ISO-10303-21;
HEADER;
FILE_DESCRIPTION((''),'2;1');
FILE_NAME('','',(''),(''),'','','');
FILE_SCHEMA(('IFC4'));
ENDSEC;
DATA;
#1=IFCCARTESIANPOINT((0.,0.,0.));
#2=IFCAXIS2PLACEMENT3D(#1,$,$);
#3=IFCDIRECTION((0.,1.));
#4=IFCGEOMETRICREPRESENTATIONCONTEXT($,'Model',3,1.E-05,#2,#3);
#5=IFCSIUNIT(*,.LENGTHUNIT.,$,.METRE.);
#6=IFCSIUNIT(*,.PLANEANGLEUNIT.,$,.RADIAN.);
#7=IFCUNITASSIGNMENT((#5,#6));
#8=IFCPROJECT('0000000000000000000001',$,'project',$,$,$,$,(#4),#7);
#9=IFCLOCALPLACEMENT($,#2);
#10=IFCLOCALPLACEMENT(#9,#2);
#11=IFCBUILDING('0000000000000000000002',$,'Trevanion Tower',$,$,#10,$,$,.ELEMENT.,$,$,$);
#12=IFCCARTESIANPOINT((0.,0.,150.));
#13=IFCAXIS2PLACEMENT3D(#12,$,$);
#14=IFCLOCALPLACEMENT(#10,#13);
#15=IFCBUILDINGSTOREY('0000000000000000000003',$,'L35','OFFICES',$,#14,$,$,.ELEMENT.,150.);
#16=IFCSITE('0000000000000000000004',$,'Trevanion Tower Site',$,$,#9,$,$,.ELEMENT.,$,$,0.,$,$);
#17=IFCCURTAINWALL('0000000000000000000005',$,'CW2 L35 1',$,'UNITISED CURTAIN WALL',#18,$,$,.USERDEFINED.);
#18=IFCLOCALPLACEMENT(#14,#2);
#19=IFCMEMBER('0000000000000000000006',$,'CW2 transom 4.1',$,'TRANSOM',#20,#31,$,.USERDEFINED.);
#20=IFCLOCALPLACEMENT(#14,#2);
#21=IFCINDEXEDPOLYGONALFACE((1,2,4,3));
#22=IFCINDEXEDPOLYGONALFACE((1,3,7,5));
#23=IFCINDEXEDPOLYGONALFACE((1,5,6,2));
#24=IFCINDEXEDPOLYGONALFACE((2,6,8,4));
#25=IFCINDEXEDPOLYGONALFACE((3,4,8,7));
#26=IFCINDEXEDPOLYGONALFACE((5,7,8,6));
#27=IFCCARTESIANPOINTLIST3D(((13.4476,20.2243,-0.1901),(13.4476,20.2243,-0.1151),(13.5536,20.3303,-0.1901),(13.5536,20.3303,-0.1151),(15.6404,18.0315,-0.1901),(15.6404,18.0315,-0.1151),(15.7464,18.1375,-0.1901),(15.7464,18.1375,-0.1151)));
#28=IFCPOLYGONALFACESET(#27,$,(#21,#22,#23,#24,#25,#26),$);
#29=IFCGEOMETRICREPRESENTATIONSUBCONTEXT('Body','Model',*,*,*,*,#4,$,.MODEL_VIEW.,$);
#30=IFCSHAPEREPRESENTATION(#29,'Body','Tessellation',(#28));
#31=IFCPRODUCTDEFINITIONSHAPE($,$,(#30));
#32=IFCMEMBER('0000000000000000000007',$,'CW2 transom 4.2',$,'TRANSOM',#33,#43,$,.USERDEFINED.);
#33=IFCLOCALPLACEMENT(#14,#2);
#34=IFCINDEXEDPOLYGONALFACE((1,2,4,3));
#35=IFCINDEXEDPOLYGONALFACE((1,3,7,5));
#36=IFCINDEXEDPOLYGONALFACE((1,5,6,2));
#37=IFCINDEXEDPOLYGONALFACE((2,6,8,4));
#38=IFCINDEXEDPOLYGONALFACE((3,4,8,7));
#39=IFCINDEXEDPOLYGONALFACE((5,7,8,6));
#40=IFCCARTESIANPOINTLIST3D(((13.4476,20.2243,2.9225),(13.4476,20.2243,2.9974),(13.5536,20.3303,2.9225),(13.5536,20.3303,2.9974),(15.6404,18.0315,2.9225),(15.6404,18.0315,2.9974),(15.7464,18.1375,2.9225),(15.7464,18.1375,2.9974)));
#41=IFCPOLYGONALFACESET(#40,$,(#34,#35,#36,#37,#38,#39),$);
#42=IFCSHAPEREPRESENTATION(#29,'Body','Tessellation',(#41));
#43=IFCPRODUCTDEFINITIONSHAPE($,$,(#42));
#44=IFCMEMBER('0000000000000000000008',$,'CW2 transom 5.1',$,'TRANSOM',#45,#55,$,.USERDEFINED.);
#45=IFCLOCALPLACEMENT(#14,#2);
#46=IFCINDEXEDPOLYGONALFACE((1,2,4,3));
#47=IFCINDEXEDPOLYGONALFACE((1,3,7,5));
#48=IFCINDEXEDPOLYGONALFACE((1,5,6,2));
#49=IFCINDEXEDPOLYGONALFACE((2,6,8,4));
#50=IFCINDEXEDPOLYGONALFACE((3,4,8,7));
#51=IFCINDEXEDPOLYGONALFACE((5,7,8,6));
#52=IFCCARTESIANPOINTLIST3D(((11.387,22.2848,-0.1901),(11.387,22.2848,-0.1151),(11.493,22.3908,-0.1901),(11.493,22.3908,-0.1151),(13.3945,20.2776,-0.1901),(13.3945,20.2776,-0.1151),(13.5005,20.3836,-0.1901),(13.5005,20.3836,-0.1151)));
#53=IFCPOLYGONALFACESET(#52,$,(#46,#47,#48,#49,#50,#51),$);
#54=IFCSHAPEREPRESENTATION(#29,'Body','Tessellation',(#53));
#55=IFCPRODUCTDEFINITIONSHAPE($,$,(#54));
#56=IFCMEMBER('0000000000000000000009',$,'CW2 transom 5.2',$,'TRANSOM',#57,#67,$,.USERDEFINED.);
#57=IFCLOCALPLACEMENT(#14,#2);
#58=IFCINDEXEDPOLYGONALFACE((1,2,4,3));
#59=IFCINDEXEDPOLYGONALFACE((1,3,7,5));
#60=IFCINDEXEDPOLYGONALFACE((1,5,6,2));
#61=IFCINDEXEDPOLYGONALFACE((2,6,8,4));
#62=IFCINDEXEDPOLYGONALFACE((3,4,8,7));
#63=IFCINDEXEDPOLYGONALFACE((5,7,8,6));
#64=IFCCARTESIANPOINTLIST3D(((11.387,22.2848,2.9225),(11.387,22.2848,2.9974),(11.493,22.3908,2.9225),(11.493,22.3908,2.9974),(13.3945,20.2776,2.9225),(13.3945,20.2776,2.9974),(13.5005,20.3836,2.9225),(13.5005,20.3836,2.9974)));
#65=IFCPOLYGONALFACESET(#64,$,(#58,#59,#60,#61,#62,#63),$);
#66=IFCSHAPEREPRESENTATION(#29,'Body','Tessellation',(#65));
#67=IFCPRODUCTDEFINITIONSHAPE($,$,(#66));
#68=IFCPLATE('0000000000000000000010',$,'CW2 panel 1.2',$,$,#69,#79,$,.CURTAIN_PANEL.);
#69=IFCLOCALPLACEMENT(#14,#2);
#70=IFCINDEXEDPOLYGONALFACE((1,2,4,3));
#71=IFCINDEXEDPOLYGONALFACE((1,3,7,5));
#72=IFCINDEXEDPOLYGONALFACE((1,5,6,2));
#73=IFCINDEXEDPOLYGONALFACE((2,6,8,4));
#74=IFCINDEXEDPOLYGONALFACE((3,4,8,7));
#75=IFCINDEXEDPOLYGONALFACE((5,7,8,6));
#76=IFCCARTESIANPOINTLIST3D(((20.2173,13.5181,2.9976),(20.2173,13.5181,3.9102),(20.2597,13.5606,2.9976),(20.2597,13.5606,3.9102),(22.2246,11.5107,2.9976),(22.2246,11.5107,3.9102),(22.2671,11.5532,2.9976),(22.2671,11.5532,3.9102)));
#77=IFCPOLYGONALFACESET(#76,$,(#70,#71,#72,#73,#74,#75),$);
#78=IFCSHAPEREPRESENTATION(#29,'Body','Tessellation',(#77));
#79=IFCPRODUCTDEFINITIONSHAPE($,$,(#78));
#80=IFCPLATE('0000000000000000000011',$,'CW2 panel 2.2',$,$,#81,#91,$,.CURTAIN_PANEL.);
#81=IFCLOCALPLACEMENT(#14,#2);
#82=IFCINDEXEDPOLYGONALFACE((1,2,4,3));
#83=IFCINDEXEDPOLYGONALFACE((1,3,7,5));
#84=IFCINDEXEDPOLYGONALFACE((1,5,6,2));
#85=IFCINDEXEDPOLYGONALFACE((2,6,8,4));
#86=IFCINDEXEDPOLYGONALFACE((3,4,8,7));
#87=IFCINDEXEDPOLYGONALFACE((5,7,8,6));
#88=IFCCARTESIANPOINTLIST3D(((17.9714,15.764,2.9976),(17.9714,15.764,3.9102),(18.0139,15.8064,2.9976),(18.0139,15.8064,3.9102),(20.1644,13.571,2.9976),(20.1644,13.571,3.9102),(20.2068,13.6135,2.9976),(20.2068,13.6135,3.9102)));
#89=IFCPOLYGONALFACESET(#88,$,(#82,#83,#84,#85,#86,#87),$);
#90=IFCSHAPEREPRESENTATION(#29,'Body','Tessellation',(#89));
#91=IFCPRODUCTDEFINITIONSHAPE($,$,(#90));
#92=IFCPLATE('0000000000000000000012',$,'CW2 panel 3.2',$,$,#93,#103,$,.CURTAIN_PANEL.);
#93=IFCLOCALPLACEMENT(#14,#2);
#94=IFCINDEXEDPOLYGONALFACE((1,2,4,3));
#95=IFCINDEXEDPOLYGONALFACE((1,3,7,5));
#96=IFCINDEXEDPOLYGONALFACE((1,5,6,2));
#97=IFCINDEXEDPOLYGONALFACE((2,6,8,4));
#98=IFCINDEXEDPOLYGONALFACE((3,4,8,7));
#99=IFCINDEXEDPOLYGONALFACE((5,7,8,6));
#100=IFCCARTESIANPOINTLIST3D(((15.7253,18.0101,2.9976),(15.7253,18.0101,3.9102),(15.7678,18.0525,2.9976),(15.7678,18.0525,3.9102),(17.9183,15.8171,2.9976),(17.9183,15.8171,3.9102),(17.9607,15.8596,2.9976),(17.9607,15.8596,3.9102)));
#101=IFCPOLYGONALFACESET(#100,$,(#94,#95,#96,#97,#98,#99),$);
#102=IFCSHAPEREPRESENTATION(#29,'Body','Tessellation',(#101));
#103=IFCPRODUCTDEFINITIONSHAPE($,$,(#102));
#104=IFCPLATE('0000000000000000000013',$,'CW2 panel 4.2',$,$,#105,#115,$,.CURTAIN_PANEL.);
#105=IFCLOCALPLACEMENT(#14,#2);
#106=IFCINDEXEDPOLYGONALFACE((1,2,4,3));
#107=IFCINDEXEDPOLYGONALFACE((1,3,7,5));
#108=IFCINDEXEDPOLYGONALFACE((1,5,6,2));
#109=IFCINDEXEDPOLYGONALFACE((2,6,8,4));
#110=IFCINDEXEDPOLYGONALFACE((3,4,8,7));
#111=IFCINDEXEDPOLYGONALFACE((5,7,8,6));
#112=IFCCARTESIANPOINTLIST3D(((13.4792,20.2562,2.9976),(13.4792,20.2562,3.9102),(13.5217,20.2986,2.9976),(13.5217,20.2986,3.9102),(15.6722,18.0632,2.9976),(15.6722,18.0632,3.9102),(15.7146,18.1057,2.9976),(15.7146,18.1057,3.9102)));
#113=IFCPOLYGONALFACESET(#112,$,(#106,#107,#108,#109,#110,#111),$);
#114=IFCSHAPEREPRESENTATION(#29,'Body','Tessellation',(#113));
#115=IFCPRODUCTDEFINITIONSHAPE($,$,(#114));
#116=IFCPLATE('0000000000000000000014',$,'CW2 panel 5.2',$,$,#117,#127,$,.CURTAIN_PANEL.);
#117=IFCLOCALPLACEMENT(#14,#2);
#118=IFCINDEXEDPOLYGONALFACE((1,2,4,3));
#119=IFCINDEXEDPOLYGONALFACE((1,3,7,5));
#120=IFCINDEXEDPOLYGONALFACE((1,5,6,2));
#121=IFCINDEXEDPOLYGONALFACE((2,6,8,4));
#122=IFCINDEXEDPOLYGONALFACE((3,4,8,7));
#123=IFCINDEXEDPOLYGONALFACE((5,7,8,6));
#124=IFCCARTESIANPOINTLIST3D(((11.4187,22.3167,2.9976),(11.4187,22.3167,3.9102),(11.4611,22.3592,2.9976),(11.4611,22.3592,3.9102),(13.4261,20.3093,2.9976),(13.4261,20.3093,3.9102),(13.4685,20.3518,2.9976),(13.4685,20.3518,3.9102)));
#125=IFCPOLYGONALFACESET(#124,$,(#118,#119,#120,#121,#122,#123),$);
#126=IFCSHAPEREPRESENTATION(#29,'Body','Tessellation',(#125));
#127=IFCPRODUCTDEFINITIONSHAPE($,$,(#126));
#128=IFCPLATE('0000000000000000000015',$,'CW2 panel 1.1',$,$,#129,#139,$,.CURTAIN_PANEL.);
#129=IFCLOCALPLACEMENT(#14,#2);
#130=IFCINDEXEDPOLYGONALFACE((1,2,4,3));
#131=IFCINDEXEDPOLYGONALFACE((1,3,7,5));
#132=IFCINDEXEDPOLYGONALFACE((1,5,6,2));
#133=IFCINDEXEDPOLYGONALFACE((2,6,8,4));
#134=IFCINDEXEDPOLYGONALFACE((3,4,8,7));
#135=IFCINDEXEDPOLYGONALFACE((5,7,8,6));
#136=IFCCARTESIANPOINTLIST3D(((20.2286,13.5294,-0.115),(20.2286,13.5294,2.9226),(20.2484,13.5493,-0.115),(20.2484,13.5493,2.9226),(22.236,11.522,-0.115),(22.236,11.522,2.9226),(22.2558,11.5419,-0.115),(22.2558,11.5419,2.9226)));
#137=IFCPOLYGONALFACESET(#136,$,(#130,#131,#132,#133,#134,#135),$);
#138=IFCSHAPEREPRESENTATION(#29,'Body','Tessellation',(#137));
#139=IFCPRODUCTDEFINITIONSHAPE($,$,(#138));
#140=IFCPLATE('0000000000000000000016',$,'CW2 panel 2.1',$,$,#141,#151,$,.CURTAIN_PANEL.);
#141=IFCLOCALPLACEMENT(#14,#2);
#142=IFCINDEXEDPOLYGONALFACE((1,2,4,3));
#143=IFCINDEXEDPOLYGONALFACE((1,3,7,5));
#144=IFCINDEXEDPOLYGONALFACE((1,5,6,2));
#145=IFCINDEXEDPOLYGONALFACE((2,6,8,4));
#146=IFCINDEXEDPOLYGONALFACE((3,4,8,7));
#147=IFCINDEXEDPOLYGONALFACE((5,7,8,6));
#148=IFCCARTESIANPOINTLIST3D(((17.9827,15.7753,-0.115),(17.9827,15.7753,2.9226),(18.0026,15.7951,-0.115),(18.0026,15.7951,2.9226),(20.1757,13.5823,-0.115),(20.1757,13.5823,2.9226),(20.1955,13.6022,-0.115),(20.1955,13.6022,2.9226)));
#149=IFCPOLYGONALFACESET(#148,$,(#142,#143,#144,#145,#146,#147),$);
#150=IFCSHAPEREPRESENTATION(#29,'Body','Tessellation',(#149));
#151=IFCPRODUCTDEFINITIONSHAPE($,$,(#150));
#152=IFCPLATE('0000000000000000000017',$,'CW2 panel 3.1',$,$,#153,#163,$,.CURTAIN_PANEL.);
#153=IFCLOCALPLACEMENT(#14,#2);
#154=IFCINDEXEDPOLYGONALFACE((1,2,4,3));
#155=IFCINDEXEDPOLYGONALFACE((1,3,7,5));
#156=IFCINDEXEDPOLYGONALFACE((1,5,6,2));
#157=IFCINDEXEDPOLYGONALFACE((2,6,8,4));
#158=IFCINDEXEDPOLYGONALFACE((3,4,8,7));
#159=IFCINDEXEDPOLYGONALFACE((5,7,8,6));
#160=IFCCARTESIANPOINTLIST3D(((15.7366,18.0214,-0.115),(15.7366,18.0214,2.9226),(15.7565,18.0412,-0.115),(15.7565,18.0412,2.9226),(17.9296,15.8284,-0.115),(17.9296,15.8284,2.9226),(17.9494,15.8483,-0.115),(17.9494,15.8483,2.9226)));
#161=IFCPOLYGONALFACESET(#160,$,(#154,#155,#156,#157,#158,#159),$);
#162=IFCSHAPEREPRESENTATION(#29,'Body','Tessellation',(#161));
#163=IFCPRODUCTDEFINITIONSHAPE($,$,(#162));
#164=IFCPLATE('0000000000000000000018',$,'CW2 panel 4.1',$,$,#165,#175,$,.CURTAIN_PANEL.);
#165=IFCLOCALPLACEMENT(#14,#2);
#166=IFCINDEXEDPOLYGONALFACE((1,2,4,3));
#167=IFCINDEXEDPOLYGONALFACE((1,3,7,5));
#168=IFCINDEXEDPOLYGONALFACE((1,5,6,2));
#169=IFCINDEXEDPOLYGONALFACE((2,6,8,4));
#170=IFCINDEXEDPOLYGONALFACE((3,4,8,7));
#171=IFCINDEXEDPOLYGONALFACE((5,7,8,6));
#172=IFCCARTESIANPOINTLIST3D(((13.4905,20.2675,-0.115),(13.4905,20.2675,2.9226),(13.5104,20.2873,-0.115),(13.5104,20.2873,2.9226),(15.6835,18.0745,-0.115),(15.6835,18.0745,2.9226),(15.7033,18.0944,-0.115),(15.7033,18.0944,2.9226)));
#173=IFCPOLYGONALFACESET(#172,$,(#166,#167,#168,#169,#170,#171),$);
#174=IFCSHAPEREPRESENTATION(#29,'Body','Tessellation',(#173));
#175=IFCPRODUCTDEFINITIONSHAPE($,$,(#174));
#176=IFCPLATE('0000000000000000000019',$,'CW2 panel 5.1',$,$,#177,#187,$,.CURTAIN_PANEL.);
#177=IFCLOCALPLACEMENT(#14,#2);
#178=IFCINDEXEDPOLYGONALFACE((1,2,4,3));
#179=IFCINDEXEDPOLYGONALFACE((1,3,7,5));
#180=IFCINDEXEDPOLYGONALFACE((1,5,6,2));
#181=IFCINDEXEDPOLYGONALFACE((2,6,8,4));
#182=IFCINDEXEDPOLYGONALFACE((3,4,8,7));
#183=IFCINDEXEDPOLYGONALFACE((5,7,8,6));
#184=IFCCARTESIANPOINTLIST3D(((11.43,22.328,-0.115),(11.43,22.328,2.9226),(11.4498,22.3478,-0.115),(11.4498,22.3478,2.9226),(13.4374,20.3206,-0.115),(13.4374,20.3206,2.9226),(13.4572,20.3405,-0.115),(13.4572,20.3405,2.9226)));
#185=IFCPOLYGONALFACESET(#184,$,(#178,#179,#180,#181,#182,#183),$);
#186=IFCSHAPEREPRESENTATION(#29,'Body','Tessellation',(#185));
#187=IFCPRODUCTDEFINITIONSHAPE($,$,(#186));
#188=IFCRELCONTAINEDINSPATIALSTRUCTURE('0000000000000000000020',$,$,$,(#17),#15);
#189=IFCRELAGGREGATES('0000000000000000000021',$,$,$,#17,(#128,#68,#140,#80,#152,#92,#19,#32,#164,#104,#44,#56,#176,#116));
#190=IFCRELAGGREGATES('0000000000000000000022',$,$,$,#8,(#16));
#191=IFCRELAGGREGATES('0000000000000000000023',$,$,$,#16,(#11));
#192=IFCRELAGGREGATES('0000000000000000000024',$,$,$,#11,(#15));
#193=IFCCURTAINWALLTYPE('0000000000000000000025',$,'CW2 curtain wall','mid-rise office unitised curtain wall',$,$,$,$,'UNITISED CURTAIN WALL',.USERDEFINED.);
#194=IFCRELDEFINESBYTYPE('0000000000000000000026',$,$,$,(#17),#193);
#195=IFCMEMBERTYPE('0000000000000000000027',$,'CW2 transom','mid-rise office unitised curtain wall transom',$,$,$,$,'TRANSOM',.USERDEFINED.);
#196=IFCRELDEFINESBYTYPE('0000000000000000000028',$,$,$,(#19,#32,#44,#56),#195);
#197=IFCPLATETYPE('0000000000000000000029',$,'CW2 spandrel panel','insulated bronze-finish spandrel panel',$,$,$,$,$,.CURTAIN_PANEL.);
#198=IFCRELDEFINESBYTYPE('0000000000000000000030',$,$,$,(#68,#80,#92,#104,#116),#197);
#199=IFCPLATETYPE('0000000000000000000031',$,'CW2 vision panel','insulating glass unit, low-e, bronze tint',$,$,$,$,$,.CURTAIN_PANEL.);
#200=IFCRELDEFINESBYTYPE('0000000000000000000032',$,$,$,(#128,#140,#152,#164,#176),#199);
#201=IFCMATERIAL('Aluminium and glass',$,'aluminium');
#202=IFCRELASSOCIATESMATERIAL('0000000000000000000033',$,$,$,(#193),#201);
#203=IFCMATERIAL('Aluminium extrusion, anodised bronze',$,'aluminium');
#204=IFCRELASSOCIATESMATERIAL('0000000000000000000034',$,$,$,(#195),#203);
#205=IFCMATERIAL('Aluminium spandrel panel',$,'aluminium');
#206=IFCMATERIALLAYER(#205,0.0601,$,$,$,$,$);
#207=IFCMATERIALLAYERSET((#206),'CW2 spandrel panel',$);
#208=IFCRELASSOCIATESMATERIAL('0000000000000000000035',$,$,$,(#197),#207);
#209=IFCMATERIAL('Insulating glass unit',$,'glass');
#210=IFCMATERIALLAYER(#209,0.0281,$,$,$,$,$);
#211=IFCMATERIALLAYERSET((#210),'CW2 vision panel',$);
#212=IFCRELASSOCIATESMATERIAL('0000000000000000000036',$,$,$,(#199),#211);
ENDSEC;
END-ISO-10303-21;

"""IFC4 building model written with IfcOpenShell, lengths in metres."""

from ifc_helpers import new_model, si_unit, direction, frame, origin, origin_2d, place, context, subcontext, project, spatial, rectangle, extrude, material, layer, layer_set, material_profile, profile_set, type_object, element, aggregate, save


model = new_model("IFC4")

# Units and contexts
model_context = context("Model", 3, precision=1e-05, world=origin(), true_north=direction((0.0, 1.0)))
body_context = subcontext(model_context, "Body", "Model", "MODEL_VIEW")
ifc_project = project(units=[si_unit("LENGTHUNIT", "METRE"), si_unit("PLANEANGLEUNIT", "RADIAN")], contexts=[model_context])

# Site, building, storey
site_placement = place(None, origin())
site = spatial("IfcSite", under=ifc_project, at=site_placement, Name="Trevanion Tower Site", CompositionType="ELEMENT", RefElevation=0.0)
building_placement = place(site_placement, origin())
building = spatial("IfcBuilding", under=site, at=building_placement, Name="Trevanion Tower", CompositionType="ELEMENT")
storey_placement = place(building_placement, frame((0.0, 0.0, 150.0)))
storey = spatial("IfcBuildingStorey", under=building, at=storey_placement, Name="L35", Description="OFFICES", CompositionType="ELEMENT", Elevation=150.0)

# Curtain wall
ifc_material_1 = material(Name="Aluminium and glass", Category="aluminium")
curtain_wall_type = type_object("IfcCurtainWallType", Name="CW2 curtain wall", Description="mid-rise office unitised curtain wall", ElementType="UNITISED CURTAIN WALL", PredefinedType="USERDEFINED", material=ifc_material_1)
curtain_wall_1_placement = place(storey_placement, origin())
curtain_wall_1 = element("IfcCurtainWall", 1, at=curtain_wall_1_placement, inside=storey, type_object=curtain_wall_type, Name="CW2 L35 1", ObjectType="UNITISED CURTAIN WALL", PredefinedType="USERDEFINED")

# Members
ifc_material_2 = material(Name="Aluminium extrusion, anodised bronze", Category="aluminium")
ifc_material_profile_1 = material_profile(ifc_material_2, rectangle(XDim=0.1499, YDim=0.075, at=origin_2d()), Name="CW2 transom")
ifc_profile_set_1 = profile_set([ifc_material_profile_1], Name="Aluminium extrusion, anodised bronze")
member_type_1 = type_object("IfcMemberType", Name="CW2 transom", Description="mid-rise office unitised curtain wall transom", ElementType="TRANSOM", PredefinedType="USERDEFINED", material=ifc_profile_set_1)
member_1_placement = place(storey_placement, frame((15.6934, 18.0845, -0.1526), z_axis=(-0.707107, 0.707107, 0.0), x_axis=(-0.707107, -0.707107, 0.0)))
member_1 = element("IfcMember", 2, at=member_1_placement, type_object=member_type_1, Name="CW2 transom 4.1", ObjectType="TRANSOM", PredefinedType="USERDEFINED", context=body_context, shape_type="SweptSolid", body=[
    extrude(rectangle(XDim=0.1499, YDim=0.075, at=origin_2d()), origin(), (0.0, 0.0, 1.0), 3.1011),
])
member_2_placement = place(storey_placement, frame((15.6934, 18.0845, 2.96), z_axis=(-0.707107, 0.707107, 0.0), x_axis=(-0.707107, -0.707107, 0.0)))
member_2 = element("IfcMember", 3, at=member_2_placement, type_object=member_type_1, Name="CW2 transom 4.2", ObjectType="TRANSOM", PredefinedType="USERDEFINED", context=body_context, shape_type="SweptSolid", body=[
    extrude(rectangle(XDim=0.1499, YDim=0.075, at=origin_2d()), origin(), (0.0, 0.0, 1.0), 3.1011),
])
member_3_placement = place(storey_placement, frame((13.4475, 20.3306, -0.1526), z_axis=(-0.70715, 0.707064, 0.0), x_axis=(-0.707064, -0.70715, 0.0)))
member_3 = element("IfcMember", 4, at=member_3_placement, type_object=member_type_1, Name="CW2 transom 5.1", ObjectType="TRANSOM", PredefinedType="USERDEFINED", context=body_context, shape_type="SweptSolid", body=[
    extrude(rectangle(XDim=0.1499, YDim=0.075, at=origin_2d()), origin(), (0.0, 0.0, 1.0), 2.8389),
])
member_4_placement = place(storey_placement, frame((13.4475, 20.3306, 2.96), z_axis=(-0.70715, 0.707064, 0.0), x_axis=(-0.707064, -0.70715, 0.0)))
member_4 = element("IfcMember", 5, at=member_4_placement, type_object=member_type_1, Name="CW2 transom 5.2", ObjectType="TRANSOM", PredefinedType="USERDEFINED", context=body_context, shape_type="SweptSolid", body=[
    extrude(rectangle(XDim=0.1499, YDim=0.075, at=origin_2d()), origin(), (0.0, 0.0, 1.0), 2.8389),
])

# Plates
ifc_material_3 = material(Name="Aluminium spandrel panel", Category="aluminium")
ifc_layer_1 = layer(ifc_material_3, 0.0601)
ifc_layer_set_1 = layer_set([ifc_layer_1], Name="CW2 spandrel panel")
plate_type_1 = type_object("IfcPlateType", Name="CW2 spandrel panel", Description="insulated bronze-finish spandrel panel", PredefinedType="CURTAIN_PANEL", material=ifc_layer_set_1)
plate_1_placement = place(storey_placement, frame((21.2422, 12.5356, 2.9976), z_axis=(0.0, 0.0, 1.0), x_axis=(-0.707107, 0.707107, 0.0)))
plate_1 = element("IfcPlate", 6, at=plate_1_placement, type_object=plate_type_1, Name="CW2 panel 1.2", PredefinedType="CURTAIN_PANEL", context=body_context, shape_type="SweptSolid", body=[
    extrude(rectangle(XDim=2.8389, YDim=0.0601, at=origin_2d()), origin(), (0.0, 0.0, 1.0), 0.9126),
])
plate_2_placement = place(storey_placement, frame((19.0891, 14.6887, 2.9976), z_axis=(0.0, 0.0, 1.0), x_axis=(-0.707107, 0.707107, 0.0)))
plate_2 = element("IfcPlate", 7, at=plate_2_placement, type_object=plate_type_1, Name="CW2 panel 2.2", PredefinedType="CURTAIN_PANEL", context=body_context, shape_type="SweptSolid", body=[
    extrude(rectangle(XDim=3.1013, YDim=0.0601, at=origin_2d()), origin(), (0.0, 0.0, 1.0), 0.9126),
])
plate_3_placement = place(storey_placement, frame((16.843, 16.9348, 2.9976), z_axis=(0.0, 0.0, 1.0), x_axis=(-0.707107, 0.707107, 0.0)))
plate_3 = element("IfcPlate", 8, at=plate_3_placement, type_object=plate_type_1, Name="CW2 panel 3.2", PredefinedType="CURTAIN_PANEL", context=body_context, shape_type="SweptSolid", body=[
    extrude(rectangle(XDim=3.1013, YDim=0.0601, at=origin_2d()), origin(), (0.0, 0.0, 1.0), 0.9126),
])
plate_4_placement = place(storey_placement, frame((14.5969, 19.1809, 2.9976), z_axis=(0.0, 0.0, 1.0), x_axis=(-0.707107, 0.707107, 0.0)))
plate_4 = element("IfcPlate", 9, at=plate_4_placement, type_object=plate_type_1, Name="CW2 panel 4.2", PredefinedType="CURTAIN_PANEL", context=body_context, shape_type="SweptSolid", body=[
    extrude(rectangle(XDim=3.1013, YDim=0.0601, at=origin_2d()), origin(), (0.0, 0.0, 1.0), 0.9126),
])
plate_5_placement = place(storey_placement, frame((12.4436, 21.3342, 2.9976), z_axis=(0.0, 0.0, 1.0), x_axis=(-0.707107, 0.707107, 0.0)))
plate_5 = element("IfcPlate", 10, at=plate_5_placement, type_object=plate_type_1, Name="CW2 panel 5.2", PredefinedType="CURTAIN_PANEL", context=body_context, shape_type="SweptSolid", body=[
    extrude(rectangle(XDim=2.8389, YDim=0.0601, at=origin_2d()), origin(), (0.0, 0.0, 1.0), 0.9126),
])
ifc_material_4 = material(Name="Insulating glass unit", Category="glass")
ifc_layer_2 = layer(ifc_material_4, 0.0281)
ifc_layer_set_2 = layer_set([ifc_layer_2], Name="CW2 vision panel")
plate_type_2 = type_object("IfcPlateType", Name="CW2 vision panel", Description="insulating glass unit, low-e, bronze tint", PredefinedType="CURTAIN_PANEL", material=ifc_layer_set_2)
plate_6_placement = place(storey_placement, frame((21.2422, 12.5356, -0.115), z_axis=(0.0, 0.0, 1.0), x_axis=(-0.707107, 0.707107, 0.0)))
plate_6 = element("IfcPlate", 11, at=plate_6_placement, type_object=plate_type_2, Name="CW2 panel 1.1", PredefinedType="CURTAIN_PANEL", context=body_context, shape_type="SweptSolid", body=[
    extrude(rectangle(XDim=2.8389, YDim=0.0281, at=origin_2d()), origin(), (0.0, 0.0, 1.0), 3.0376),
])
plate_7_placement = place(storey_placement, frame((19.0891, 14.6887, -0.115), z_axis=(0.0, 0.0, 1.0), x_axis=(-0.707107, 0.707107, 0.0)))
plate_7 = element("IfcPlate", 12, at=plate_7_placement, type_object=plate_type_2, Name="CW2 panel 2.1", PredefinedType="CURTAIN_PANEL", context=body_context, shape_type="SweptSolid", body=[
    extrude(rectangle(XDim=3.1013, YDim=0.0281, at=origin_2d()), origin(), (0.0, 0.0, 1.0), 3.0376),
])
plate_8_placement = place(storey_placement, frame((16.843, 16.9348, -0.115), z_axis=(0.0, 0.0, 1.0), x_axis=(-0.707107, 0.707107, 0.0)))
plate_8 = element("IfcPlate", 13, at=plate_8_placement, type_object=plate_type_2, Name="CW2 panel 3.1", PredefinedType="CURTAIN_PANEL", context=body_context, shape_type="SweptSolid", body=[
    extrude(rectangle(XDim=3.1013, YDim=0.0281, at=origin_2d()), origin(), (0.0, 0.0, 1.0), 3.0376),
])
plate_9_placement = place(storey_placement, frame((14.5969, 19.1809, -0.115), z_axis=(0.0, 0.0, 1.0), x_axis=(-0.707107, 0.707107, 0.0)))
plate_9 = element("IfcPlate", 14, at=plate_9_placement, type_object=plate_type_2, Name="CW2 panel 4.1", PredefinedType="CURTAIN_PANEL", context=body_context, shape_type="SweptSolid", body=[
    extrude(rectangle(XDim=3.1013, YDim=0.0281, at=origin_2d()), origin(), (0.0, 0.0, 1.0), 3.0376),
])
plate_10_placement = place(storey_placement, frame((12.4436, 21.3342, -0.115), z_axis=(0.0, 0.0, 1.0), x_axis=(-0.707107, 0.707107, 0.0)))
plate_10 = element("IfcPlate", 15, at=plate_10_placement, type_object=plate_type_2, Name="CW2 panel 5.1", PredefinedType="CURTAIN_PANEL", context=body_context, shape_type="SweptSolid", body=[
    extrude(rectangle(XDim=2.8389, YDim=0.0281, at=origin_2d()), origin(), (0.0, 0.0, 1.0), 3.0376),
])
aggregate(curtain_wall_1, [plate_6, plate_1, plate_7, plate_2, plate_8, plate_3, member_1, member_2, plate_9, plate_4, member_3, member_4, plate_10, plate_5])

save(model, "model.ifc")
